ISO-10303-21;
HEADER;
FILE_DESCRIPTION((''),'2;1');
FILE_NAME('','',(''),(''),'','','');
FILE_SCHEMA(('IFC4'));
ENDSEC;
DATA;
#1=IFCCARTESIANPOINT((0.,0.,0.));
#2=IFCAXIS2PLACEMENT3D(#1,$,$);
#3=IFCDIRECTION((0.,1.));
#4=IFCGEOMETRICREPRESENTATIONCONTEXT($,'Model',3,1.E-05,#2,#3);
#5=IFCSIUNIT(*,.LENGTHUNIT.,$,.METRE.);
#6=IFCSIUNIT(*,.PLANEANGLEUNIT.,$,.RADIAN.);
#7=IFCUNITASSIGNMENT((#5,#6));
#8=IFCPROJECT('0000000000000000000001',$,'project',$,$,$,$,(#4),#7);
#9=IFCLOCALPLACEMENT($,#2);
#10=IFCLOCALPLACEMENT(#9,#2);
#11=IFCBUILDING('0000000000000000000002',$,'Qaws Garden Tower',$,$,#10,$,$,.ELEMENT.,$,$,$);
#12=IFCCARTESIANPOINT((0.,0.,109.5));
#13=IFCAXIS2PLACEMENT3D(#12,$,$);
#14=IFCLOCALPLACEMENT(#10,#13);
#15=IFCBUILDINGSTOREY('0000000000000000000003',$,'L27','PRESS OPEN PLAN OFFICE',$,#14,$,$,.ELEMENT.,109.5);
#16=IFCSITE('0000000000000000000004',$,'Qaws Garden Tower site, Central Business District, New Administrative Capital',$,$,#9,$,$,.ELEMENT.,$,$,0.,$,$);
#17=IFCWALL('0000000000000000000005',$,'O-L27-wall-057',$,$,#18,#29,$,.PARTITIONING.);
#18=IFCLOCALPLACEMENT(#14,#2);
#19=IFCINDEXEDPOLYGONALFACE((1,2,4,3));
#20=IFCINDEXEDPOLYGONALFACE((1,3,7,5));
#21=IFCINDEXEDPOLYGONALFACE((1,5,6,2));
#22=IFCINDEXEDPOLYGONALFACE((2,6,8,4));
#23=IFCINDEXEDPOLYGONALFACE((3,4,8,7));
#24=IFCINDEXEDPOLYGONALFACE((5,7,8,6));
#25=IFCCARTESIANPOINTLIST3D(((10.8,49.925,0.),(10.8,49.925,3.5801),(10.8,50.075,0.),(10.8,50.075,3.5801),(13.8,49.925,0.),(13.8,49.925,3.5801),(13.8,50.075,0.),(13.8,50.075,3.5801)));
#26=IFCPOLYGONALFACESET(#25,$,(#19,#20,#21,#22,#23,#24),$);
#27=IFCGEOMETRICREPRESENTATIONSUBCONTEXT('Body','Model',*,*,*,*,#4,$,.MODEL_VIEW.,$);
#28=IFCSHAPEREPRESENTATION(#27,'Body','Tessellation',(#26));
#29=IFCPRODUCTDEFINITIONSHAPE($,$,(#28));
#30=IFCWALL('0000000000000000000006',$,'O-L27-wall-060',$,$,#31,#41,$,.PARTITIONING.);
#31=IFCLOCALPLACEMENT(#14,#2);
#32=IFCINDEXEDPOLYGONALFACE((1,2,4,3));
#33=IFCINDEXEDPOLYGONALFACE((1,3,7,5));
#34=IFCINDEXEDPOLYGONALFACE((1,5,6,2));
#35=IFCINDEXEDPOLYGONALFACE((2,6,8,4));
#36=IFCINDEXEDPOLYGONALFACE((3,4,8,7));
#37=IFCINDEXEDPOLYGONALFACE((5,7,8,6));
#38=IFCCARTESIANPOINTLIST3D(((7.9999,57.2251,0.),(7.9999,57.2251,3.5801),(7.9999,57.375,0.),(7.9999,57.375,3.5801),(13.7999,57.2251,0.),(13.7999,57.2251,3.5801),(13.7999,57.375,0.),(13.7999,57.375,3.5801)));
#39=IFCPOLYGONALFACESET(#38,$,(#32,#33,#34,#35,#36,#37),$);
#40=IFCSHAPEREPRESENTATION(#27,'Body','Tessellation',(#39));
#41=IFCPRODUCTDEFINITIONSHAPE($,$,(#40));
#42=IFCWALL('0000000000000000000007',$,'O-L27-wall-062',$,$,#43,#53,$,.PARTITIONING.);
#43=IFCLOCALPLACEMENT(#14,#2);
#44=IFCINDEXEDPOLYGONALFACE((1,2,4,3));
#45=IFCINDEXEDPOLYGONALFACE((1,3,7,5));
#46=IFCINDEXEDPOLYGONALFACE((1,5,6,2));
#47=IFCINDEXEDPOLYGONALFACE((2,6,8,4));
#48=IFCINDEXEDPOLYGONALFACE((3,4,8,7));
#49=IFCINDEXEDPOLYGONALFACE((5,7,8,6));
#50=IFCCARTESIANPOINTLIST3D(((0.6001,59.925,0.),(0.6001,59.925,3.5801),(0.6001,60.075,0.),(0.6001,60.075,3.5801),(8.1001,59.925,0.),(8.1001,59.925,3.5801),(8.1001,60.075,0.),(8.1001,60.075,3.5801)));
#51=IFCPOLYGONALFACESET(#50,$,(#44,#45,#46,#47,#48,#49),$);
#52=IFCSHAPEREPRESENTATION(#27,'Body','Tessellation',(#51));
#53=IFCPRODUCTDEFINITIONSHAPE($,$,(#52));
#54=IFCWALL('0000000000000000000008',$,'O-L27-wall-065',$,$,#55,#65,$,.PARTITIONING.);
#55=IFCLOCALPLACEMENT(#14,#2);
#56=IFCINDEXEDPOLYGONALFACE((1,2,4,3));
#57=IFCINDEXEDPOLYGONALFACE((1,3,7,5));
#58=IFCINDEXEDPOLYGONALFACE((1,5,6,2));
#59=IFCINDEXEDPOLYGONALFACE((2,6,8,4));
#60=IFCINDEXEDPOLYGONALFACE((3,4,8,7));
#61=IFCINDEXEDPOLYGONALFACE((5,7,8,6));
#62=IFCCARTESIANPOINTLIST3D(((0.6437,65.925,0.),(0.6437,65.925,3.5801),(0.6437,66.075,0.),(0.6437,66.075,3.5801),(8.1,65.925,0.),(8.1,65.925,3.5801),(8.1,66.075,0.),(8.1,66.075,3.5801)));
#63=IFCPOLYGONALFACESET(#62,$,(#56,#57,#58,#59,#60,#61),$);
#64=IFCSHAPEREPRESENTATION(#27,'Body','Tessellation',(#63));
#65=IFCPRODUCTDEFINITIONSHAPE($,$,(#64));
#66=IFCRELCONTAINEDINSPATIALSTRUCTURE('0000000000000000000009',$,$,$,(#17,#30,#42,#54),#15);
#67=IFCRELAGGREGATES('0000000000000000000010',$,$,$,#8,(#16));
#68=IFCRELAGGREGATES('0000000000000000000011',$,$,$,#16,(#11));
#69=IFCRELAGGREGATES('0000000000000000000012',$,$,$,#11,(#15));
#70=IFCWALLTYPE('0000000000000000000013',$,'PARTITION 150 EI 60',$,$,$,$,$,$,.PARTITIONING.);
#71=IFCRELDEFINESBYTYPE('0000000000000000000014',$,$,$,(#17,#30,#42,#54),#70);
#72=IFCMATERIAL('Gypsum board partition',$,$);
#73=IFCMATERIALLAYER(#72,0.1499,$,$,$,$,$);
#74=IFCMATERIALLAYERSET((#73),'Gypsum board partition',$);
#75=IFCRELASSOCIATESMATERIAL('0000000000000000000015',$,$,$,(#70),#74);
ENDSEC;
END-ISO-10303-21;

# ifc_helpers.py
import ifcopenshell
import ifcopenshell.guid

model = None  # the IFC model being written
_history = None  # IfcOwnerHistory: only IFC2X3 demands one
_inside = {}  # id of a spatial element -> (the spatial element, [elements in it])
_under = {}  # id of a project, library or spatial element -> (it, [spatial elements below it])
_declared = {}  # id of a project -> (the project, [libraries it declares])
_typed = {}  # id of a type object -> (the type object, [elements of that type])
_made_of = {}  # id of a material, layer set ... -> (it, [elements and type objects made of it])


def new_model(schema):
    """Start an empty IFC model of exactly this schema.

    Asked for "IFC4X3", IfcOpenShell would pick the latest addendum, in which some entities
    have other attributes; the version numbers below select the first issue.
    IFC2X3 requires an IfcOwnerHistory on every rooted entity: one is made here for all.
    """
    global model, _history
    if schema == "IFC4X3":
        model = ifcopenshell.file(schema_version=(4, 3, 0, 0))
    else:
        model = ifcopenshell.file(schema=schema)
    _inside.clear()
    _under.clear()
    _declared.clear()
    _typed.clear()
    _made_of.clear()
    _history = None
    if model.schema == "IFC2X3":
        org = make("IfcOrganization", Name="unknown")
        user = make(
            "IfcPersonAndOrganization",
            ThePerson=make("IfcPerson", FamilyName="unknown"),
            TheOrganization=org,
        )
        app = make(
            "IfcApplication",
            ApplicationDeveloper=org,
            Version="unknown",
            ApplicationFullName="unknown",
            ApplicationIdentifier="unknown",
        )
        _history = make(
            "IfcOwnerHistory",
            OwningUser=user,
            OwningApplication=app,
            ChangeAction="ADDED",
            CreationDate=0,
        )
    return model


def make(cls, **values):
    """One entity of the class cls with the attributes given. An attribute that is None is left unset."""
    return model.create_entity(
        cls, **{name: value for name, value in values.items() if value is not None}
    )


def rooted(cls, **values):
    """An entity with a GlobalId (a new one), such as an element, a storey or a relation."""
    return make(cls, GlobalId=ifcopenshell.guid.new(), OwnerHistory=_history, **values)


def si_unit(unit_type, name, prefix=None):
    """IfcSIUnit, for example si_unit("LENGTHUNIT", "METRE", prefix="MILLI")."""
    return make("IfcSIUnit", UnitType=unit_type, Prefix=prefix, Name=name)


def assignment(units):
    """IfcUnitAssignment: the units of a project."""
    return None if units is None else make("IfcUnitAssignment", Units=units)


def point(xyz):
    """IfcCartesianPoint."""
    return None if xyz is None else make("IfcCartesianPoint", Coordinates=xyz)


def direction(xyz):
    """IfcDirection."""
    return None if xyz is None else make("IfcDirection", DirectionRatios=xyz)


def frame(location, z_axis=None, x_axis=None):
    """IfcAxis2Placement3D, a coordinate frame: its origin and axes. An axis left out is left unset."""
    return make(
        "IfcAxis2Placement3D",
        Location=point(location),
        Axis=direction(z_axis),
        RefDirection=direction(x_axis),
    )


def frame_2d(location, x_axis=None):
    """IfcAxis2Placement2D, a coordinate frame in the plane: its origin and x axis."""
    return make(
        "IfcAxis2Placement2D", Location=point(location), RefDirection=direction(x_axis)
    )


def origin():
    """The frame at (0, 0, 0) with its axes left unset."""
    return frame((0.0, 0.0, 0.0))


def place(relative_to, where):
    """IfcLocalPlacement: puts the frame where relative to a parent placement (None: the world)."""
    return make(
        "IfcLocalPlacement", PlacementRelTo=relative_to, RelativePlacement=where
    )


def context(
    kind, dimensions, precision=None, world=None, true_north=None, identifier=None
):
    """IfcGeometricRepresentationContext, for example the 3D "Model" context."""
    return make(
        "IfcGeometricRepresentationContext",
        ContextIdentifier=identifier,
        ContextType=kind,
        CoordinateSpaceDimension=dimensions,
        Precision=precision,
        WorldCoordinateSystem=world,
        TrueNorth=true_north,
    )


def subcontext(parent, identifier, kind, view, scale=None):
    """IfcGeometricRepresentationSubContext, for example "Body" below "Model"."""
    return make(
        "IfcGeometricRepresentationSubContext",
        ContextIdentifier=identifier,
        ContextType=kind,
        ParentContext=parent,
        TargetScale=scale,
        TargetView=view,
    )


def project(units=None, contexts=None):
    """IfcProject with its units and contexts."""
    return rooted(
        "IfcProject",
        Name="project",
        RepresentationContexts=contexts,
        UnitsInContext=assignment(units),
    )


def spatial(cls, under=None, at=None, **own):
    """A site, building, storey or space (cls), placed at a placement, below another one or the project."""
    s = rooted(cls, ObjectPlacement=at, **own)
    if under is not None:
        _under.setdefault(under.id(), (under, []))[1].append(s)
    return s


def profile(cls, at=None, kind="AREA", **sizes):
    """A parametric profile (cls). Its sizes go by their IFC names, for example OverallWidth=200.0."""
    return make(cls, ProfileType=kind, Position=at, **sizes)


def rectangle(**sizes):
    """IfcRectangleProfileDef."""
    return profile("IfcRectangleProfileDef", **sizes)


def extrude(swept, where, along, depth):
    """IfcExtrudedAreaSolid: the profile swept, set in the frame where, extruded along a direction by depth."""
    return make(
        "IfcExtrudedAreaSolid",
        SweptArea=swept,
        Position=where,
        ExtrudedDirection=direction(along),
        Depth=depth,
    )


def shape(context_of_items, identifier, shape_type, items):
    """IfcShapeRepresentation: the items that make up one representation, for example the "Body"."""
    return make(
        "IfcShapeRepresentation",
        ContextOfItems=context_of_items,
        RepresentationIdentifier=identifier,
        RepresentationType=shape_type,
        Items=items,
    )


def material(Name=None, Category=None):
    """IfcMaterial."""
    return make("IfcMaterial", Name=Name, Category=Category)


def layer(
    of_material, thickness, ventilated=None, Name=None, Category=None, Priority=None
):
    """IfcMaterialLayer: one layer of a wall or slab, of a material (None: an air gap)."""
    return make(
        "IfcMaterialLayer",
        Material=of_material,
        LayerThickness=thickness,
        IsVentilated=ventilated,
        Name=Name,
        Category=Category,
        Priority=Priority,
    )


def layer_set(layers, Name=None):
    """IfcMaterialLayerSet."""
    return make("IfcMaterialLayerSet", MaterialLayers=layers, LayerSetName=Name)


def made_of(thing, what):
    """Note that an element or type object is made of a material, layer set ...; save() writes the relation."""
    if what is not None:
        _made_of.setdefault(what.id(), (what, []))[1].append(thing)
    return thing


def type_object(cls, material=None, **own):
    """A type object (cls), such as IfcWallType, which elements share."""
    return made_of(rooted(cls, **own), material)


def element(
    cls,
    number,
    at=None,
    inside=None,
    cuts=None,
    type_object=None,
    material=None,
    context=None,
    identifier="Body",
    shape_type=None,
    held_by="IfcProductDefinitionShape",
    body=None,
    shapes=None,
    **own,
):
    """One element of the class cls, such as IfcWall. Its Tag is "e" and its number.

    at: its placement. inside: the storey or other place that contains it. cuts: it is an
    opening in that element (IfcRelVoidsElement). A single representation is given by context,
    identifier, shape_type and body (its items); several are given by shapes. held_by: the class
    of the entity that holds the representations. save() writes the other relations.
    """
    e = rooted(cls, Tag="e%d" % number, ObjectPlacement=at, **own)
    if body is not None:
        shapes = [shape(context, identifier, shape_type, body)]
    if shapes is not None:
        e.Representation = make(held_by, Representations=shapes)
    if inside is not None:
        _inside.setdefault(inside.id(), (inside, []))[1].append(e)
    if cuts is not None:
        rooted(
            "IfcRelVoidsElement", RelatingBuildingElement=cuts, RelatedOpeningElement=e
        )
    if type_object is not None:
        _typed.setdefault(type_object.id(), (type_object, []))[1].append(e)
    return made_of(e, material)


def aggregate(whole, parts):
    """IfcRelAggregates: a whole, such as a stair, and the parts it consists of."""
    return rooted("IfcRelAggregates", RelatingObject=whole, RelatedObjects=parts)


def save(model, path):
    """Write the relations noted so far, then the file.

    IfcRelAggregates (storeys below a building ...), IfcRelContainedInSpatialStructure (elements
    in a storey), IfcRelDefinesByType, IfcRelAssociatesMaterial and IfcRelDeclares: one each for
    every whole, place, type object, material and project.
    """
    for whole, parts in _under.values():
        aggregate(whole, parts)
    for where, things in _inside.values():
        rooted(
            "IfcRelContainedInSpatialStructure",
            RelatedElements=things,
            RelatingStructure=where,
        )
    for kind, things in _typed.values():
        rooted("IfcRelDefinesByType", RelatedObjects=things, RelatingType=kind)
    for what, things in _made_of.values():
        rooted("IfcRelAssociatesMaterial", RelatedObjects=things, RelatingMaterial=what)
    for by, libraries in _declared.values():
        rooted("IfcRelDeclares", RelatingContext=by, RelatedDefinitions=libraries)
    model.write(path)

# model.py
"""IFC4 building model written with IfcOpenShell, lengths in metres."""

from ifc_helpers import new_model, si_unit, direction, frame, frame_2d, origin, place, context, subcontext, project, spatial, rectangle, extrude, material, layer, layer_set, type_object, element, save


model = new_model("IFC4")

# Units and contexts
model_context = context("Model", 3, precision=1e-05, world=origin(), true_north=direction((0.0, 1.0)))
body_context = subcontext(model_context, "Body", "Model", "MODEL_VIEW")
ifc_project = project(units=[si_unit("LENGTHUNIT", "METRE"), si_unit("PLANEANGLEUNIT", "RADIAN")], contexts=[model_context])

# Site, building, storey
site_placement = place(None, origin())
site = spatial("IfcSite", under=ifc_project, at=site_placement, Name="Qaws Garden Tower site, Central Business District, New Administrative Capital", CompositionType="ELEMENT", RefElevation=0.0)
building_placement = place(site_placement, origin())
building = spatial("IfcBuilding", under=site, at=building_placement, Name="Qaws Garden Tower", CompositionType="ELEMENT")
storey_placement = place(building_placement, frame((0.0, 0.0, 109.5)))
storey = spatial("IfcBuildingStorey", under=building, at=storey_placement, Name="L27", Description="PRESS OPEN PLAN OFFICE", CompositionType="ELEMENT", Elevation=109.5)

# Shared definitions
ifc_material_1 = material(Name="Gypsum board partition")
ifc_layer_1 = layer(ifc_material_1, 0.1499)
ifc_layer_set_1 = layer_set([ifc_layer_1], Name="Gypsum board partition")
wall_type_1 = type_object("IfcWallType", Name="PARTITION 150 EI 60", PredefinedType="PARTITIONING", material=ifc_layer_set_1)

# Walls
wall_1_placement = place(storey_placement, frame((10.8, 50.0, 0.0), z_axis=(0.0, 0.0, 1.0), x_axis=(1.0, 0.0, 0.0)))
element("IfcWall", 1, at=wall_1_placement, inside=storey, type_object=wall_type_1, Name="O-L27-wall-057", PredefinedType="PARTITIONING", context=body_context, shape_type="SweptSolid", body=[
    extrude(rectangle(XDim=3.0, YDim=0.1499, at=frame_2d((1.5, 0.0))), origin(), (0.0, 0.0, 1.0), 3.5801),
])
wall_2_placement = place(storey_placement, frame((8.0, 57.3, 0.0), z_axis=(0.0, 0.0, 1.0), x_axis=(1.0, 0.0, 0.0)))
element("IfcWall", 2, at=wall_2_placement, inside=storey, type_object=wall_type_1, Name="O-L27-wall-060", PredefinedType="PARTITIONING", context=body_context, shape_type="SweptSolid", body=[
    extrude(rectangle(XDim=5.8, YDim=0.1499, at=frame_2d((2.8999, 0.0))), origin(), (0.0, 0.0, 1.0), 3.5801),
])
wall_3_placement = place(storey_placement, frame((0.6001, 60.0, 0.0), z_axis=(0.0, 0.0, 1.0), x_axis=(1.0, 0.0, 0.0)))
element("IfcWall", 3, at=wall_3_placement, inside=storey, type_object=wall_type_1, Name="O-L27-wall-062", PredefinedType="PARTITIONING", context=body_context, shape_type="SweptSolid", body=[
    extrude(rectangle(XDim=7.5, YDim=0.1499, at=frame_2d((3.75, 0.0))), origin(), (0.0, 0.0, 1.0), 3.5801),
])
wall_4_placement = place(storey_placement, frame((0.6438, 66.0, 0.0), z_axis=(0.0, 0.0, 1.0), x_axis=(1.0, 0.0, 0.0)))
element("IfcWall", 4, at=wall_4_placement, inside=storey, type_object=wall_type_1, Name="O-L27-wall-065", PredefinedType="PARTITIONING", context=body_context, shape_type="SweptSolid", body=[
    extrude(rectangle(XDim=7.4563, YDim=0.1499, at=frame_2d((3.728, 0.0))), origin(), (0.0, 0.0, 1.0), 3.5801),
])

save(model, "model.ifc")
